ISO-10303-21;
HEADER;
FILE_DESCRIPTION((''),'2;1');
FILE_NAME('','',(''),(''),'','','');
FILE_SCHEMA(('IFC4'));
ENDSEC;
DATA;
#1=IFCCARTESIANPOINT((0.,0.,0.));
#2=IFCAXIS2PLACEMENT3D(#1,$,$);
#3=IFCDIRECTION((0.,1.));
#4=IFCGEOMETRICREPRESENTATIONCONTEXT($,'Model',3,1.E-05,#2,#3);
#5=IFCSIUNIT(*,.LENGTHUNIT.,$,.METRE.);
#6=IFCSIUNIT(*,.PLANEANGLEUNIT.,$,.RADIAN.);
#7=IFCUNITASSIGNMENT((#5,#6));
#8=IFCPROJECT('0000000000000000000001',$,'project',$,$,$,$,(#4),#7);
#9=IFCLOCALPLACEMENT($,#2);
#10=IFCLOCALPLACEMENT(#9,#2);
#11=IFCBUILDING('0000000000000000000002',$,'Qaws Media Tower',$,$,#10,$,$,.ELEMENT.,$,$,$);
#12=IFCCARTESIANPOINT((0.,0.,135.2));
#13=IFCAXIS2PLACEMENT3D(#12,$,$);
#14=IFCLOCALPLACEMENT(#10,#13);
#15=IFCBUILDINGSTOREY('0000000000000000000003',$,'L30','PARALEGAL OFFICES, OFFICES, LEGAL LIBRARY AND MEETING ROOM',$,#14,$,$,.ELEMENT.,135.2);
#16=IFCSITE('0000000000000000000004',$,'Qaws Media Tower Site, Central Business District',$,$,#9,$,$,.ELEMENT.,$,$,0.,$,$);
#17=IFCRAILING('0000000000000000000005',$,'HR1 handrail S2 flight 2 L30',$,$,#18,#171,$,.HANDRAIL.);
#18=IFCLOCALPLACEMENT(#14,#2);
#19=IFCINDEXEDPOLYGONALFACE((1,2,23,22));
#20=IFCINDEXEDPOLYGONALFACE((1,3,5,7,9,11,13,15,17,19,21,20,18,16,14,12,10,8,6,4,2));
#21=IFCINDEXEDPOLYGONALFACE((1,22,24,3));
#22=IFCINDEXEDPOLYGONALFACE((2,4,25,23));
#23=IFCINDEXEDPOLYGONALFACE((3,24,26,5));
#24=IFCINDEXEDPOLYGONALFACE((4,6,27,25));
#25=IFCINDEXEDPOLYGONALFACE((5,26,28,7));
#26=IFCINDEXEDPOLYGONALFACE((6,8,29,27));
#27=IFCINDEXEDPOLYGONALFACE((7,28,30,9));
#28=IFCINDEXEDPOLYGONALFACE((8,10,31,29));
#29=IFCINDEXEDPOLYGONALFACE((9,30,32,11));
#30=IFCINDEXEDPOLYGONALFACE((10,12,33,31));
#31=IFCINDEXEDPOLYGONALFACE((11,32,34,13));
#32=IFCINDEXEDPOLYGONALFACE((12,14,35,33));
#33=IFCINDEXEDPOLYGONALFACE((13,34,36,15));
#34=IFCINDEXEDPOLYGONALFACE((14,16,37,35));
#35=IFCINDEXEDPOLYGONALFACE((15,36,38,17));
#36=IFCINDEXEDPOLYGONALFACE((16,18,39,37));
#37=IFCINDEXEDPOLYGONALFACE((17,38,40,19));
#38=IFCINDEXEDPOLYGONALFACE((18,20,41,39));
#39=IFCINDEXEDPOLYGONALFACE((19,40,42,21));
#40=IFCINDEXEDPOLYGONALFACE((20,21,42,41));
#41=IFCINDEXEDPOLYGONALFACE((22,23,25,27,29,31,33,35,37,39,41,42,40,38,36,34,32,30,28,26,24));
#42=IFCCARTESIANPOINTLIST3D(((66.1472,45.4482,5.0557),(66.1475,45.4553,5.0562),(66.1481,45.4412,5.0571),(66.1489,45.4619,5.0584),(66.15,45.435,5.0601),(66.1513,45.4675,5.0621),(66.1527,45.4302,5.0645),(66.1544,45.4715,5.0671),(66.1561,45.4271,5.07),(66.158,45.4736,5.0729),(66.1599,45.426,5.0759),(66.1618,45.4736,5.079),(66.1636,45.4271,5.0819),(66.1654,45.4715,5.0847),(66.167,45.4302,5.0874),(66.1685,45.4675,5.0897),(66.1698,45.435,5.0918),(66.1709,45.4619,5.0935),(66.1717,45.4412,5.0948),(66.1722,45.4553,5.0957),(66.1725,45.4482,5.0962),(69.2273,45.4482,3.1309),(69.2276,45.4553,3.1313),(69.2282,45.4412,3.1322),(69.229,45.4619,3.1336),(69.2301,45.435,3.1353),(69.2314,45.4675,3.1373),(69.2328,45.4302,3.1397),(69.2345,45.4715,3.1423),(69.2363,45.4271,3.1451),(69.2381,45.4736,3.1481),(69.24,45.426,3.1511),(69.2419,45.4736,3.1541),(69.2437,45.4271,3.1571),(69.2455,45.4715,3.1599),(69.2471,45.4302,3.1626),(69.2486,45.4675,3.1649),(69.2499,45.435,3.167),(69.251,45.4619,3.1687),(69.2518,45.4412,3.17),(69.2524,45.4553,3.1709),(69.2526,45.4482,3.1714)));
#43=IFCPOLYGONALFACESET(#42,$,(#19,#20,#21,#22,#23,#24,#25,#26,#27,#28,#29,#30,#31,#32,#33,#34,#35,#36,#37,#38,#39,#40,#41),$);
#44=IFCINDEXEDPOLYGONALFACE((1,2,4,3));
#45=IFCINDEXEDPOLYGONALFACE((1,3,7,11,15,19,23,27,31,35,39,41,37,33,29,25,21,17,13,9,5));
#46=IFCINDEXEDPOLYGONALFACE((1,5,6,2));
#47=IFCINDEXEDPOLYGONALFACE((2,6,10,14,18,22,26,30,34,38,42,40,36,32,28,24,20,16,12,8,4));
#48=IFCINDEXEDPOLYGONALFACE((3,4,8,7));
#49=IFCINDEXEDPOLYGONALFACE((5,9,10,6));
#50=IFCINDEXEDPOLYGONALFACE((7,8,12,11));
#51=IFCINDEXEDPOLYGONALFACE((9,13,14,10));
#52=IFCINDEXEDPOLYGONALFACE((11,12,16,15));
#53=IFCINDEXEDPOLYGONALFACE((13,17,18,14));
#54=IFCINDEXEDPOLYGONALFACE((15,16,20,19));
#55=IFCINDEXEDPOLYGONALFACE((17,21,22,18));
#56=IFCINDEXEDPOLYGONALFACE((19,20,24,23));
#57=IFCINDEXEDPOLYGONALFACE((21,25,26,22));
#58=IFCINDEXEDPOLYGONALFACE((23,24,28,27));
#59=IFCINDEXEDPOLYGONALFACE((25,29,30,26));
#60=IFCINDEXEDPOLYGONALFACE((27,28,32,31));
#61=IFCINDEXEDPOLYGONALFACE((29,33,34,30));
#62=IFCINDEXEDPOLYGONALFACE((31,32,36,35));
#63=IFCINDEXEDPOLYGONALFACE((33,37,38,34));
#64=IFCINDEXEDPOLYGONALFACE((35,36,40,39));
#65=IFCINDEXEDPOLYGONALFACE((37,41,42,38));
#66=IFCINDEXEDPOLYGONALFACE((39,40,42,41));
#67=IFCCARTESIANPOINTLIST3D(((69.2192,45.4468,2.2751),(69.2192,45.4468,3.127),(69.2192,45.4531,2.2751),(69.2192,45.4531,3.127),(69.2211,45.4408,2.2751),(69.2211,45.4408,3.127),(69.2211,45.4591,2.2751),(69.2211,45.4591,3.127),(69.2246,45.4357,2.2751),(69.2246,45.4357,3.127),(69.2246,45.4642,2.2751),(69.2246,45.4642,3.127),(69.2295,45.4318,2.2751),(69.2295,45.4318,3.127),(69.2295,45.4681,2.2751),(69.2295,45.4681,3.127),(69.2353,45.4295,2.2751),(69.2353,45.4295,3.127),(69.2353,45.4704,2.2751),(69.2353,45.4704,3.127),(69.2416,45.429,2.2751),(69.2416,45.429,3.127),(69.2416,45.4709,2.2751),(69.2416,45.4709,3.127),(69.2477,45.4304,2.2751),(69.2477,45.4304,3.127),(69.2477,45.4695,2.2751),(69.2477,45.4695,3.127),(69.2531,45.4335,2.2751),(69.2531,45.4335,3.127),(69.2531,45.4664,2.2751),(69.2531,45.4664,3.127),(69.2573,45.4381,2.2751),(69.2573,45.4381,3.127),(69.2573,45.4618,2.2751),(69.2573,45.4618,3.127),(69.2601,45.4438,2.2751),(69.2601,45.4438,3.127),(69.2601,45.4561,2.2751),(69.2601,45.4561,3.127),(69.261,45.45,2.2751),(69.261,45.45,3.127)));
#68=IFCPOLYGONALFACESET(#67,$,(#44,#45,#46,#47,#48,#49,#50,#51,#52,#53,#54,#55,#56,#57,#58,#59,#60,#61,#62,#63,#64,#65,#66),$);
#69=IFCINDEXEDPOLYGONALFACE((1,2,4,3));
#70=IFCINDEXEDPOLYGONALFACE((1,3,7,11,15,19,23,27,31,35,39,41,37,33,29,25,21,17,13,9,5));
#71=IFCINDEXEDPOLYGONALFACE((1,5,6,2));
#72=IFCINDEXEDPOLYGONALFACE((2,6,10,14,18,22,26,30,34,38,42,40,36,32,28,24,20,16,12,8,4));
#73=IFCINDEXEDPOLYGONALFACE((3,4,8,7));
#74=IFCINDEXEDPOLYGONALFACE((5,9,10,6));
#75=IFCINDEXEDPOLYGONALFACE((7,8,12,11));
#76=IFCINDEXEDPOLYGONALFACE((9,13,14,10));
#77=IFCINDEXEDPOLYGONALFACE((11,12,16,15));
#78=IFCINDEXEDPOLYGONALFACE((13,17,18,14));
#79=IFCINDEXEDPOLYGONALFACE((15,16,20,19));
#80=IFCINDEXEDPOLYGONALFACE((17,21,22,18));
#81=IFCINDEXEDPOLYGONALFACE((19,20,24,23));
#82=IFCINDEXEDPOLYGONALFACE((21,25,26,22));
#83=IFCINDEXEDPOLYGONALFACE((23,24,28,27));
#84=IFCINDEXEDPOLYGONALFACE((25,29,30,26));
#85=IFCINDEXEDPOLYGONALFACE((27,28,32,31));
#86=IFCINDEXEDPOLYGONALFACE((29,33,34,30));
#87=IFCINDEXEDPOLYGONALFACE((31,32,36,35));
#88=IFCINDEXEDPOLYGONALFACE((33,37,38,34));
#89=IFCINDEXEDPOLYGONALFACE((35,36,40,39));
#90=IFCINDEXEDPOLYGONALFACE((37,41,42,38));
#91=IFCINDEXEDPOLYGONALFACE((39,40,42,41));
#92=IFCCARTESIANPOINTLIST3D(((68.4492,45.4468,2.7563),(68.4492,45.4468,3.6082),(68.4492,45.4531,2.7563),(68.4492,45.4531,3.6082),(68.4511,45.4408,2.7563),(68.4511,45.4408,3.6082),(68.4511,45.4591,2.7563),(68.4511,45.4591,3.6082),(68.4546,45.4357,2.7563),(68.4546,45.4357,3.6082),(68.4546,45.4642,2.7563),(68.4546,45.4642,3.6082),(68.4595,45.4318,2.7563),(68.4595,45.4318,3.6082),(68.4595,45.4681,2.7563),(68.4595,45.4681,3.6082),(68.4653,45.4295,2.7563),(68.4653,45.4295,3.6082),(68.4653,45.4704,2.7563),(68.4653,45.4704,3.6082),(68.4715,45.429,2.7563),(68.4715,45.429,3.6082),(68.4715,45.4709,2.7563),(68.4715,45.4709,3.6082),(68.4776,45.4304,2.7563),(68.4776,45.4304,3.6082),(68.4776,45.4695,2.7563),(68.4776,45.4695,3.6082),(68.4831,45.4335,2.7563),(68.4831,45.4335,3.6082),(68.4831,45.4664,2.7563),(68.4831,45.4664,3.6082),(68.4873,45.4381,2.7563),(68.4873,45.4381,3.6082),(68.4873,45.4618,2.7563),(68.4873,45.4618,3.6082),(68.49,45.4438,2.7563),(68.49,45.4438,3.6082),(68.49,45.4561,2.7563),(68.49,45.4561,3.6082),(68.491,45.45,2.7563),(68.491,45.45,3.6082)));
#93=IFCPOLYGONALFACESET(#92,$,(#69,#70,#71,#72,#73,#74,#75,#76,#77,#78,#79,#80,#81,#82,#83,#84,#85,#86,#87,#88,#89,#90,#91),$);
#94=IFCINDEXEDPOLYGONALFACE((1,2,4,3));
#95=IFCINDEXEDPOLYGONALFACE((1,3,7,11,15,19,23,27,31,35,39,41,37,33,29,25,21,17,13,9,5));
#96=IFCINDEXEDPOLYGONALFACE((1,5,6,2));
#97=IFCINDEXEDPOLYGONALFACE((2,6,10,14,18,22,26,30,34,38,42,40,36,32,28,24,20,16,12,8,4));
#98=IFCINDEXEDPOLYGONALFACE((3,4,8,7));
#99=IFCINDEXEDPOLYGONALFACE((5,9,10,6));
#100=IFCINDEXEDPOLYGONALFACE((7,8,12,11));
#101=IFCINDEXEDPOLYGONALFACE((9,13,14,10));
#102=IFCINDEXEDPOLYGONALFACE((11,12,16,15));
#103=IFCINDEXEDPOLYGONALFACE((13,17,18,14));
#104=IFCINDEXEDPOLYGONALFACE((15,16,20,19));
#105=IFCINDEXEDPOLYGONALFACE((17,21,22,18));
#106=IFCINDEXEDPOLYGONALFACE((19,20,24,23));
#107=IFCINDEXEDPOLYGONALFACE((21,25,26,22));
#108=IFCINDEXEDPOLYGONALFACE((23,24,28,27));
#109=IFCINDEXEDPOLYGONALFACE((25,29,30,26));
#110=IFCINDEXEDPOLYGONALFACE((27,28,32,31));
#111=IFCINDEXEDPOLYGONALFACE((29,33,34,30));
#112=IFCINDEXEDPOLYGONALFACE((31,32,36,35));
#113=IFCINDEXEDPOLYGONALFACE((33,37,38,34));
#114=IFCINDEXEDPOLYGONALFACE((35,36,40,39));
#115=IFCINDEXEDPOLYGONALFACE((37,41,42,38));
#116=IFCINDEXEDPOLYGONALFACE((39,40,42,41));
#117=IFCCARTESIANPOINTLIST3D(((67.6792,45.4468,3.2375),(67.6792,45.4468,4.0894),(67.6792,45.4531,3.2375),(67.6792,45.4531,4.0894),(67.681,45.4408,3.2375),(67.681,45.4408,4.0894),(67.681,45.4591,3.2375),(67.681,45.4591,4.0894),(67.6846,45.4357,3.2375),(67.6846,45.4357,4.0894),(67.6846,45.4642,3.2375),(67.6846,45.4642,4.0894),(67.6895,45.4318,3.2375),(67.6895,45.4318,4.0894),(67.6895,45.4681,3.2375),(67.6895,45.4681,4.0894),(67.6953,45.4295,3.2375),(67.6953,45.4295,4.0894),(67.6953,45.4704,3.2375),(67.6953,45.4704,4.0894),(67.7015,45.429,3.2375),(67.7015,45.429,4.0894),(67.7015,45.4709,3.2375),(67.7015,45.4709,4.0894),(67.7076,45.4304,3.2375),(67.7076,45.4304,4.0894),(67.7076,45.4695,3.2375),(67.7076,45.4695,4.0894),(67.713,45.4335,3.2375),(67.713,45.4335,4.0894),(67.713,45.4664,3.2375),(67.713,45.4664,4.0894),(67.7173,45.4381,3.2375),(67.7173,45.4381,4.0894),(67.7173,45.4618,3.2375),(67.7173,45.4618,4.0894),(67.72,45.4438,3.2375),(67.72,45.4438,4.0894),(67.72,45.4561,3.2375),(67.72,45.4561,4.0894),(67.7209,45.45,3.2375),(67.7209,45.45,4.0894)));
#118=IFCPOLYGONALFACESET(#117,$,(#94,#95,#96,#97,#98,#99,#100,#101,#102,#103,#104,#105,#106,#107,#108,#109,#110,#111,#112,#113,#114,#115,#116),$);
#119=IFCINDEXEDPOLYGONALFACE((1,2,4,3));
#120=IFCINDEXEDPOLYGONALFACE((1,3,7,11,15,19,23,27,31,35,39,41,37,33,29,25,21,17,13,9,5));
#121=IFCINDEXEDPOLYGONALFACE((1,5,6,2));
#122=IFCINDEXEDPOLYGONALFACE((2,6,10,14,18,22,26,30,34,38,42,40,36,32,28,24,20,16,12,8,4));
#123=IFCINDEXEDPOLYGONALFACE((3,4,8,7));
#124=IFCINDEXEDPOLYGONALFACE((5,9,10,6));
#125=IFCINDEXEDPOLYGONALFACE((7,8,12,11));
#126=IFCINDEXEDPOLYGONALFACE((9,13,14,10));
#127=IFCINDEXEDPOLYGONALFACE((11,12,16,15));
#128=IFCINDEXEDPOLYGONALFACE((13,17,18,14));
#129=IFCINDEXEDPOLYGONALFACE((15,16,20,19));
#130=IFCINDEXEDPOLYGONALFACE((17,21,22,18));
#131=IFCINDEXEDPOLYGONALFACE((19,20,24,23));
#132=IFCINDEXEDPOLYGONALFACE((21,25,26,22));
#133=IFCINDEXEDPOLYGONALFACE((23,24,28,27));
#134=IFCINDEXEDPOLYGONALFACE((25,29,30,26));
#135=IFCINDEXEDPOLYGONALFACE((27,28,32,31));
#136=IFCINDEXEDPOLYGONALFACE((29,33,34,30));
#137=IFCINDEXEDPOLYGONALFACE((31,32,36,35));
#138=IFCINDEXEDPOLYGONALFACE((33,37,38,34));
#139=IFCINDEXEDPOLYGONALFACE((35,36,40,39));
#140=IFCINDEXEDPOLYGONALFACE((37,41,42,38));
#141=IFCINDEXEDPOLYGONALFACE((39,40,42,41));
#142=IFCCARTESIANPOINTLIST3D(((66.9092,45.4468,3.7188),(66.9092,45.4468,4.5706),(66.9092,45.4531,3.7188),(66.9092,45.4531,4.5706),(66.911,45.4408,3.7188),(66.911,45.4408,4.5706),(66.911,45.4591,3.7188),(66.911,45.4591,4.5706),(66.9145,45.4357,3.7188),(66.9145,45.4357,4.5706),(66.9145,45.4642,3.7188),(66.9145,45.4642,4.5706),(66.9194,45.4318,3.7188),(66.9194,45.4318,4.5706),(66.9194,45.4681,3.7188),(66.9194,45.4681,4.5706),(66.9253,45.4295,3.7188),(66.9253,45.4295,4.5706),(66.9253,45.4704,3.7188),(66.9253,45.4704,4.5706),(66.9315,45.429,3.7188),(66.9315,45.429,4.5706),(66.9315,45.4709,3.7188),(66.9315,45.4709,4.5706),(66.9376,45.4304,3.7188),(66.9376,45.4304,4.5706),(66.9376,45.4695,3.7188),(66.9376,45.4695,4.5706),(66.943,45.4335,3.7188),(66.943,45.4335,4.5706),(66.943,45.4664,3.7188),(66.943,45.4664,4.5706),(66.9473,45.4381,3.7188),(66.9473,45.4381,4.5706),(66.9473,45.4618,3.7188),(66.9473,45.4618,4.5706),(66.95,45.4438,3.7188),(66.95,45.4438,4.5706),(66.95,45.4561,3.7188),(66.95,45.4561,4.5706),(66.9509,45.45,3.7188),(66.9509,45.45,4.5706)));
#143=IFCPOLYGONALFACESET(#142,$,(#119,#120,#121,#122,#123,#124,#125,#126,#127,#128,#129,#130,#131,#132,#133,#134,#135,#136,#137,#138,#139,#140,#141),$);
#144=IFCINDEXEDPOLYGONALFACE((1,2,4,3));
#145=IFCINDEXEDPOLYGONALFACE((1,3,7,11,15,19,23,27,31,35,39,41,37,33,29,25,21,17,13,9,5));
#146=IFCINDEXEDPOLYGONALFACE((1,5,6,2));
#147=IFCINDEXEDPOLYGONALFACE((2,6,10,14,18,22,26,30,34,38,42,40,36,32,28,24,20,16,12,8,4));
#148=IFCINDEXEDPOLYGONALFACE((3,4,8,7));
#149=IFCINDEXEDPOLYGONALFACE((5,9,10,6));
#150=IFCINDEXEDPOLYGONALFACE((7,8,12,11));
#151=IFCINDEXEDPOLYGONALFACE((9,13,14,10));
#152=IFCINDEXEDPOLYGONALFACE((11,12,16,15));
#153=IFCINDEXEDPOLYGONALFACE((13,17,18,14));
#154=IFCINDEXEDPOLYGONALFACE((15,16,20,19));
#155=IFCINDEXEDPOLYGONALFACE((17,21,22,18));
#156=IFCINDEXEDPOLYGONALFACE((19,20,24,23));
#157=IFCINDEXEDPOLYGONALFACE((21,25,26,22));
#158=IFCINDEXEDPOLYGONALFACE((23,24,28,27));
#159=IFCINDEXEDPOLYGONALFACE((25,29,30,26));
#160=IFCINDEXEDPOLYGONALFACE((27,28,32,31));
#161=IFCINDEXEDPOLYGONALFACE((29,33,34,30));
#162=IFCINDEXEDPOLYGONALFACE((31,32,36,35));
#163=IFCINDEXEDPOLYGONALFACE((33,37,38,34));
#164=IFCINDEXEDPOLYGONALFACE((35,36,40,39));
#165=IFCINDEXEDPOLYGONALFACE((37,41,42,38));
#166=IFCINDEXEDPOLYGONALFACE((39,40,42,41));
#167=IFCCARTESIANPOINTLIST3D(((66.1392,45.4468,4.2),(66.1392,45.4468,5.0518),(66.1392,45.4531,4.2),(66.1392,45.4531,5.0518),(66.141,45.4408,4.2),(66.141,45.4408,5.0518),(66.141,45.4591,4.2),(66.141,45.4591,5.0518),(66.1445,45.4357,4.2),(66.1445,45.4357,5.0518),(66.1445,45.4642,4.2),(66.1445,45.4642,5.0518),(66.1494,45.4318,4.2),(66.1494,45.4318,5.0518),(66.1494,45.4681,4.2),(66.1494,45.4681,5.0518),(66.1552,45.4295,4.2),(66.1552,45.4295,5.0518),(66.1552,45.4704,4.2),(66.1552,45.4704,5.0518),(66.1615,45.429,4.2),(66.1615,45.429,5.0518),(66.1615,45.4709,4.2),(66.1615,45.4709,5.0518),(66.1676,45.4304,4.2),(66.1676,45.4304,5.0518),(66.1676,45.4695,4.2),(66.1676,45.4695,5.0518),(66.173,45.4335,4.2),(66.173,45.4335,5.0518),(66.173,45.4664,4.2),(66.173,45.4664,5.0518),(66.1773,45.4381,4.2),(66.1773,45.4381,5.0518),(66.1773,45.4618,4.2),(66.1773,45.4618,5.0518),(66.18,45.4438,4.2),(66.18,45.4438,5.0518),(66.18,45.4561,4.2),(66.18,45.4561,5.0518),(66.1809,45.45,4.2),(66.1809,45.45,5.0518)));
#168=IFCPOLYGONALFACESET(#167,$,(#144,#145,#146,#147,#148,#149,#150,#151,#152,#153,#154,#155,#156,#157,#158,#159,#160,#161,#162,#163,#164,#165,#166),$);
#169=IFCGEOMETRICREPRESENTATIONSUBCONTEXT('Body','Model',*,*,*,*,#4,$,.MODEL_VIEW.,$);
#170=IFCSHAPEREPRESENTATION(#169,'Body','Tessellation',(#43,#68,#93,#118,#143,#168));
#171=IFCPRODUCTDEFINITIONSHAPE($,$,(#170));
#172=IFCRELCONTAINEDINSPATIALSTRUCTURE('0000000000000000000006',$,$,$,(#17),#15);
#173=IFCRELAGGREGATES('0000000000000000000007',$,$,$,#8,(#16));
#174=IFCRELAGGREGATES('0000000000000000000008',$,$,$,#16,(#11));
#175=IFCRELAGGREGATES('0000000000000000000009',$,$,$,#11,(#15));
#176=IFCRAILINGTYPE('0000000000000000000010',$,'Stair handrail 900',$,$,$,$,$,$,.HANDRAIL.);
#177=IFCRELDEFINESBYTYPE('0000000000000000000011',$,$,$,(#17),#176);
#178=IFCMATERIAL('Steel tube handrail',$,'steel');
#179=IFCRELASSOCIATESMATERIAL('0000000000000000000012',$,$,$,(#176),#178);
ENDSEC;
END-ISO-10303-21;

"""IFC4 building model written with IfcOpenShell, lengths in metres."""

from ifc_helpers import new_model, si_unit, direction, frame, origin, origin_2d, place, context, subcontext, project, spatial, circle, extrude, material, type_object, element, save


model = new_model("IFC4")

# Units and contexts
model_context = context("Model", 3, precision=1e-05, world=origin(), true_north=direction((0.0, 1.0)))
body_context = subcontext(model_context, "Body", "Model", "MODEL_VIEW")
ifc_project = project(units=[si_unit("LENGTHUNIT", "METRE"), si_unit("PLANEANGLEUNIT", "RADIAN")], contexts=[model_context])

# Site, building, storey
site_placement = place(None, origin())
site = spatial("IfcSite", under=ifc_project, at=site_placement, Name="Qaws Media Tower Site, Central Business District", CompositionType="ELEMENT", RefElevation=0.0)
building_placement = place(site_placement, origin())
building = spatial("IfcBuilding", under=site, at=building_placement, Name="Qaws Media Tower", CompositionType="ELEMENT")
storey_placement = place(building_placement, frame((0.0, 0.0, 135.2)))
storey = spatial("IfcBuildingStorey", under=building, at=storey_placement, Name="L30", Description="PARALEGAL OFFICES, OFFICES, LEGAL LIBRARY AND MEETING ROOM", CompositionType="ELEMENT", Elevation=135.2)

# Railing
ifc_material_1 = material(Name="Steel tube handrail", Category="steel")
railing_type = type_object("IfcRailingType", Name="Stair handrail 900", PredefinedType="HANDRAIL", material=ifc_material_1)
for number, where, name in (
    (1, (69.24, 45.45, 2.2751), "HR1 handrail S2 flight 2 L30"),
):
    element("IfcRailing", number, at=place(storey_placement, frame(where)), inside=storey, type_object=railing_type, Name=name, PredefinedType="HANDRAIL", context=body_context, shape_type="SweptSolid", body=[
        extrude(circle(Radius=0.0239, at=origin_2d()), frame((0.0, 0.0, 0.876), z_axis=(-0.848029, 0.0, 0.529951), x_axis=(0.0, -1.0, 0.0)), (0.0, 0.0, 1.0), 3.6321),
        extrude(circle(Radius=0.021, at=origin_2d()), origin(), (0.0, 0.0, 1.0), 0.8518),
        extrude(circle(Radius=0.021, at=origin_2d()), frame((-0.77, 0.0, 0.4812)), (0.0, 0.0, 1.0), 0.8518),
        extrude(circle(Radius=0.021, at=origin_2d()), frame((-1.54, 0.0, 0.9624)), (0.0, 0.0, 1.0), 0.8518),
        extrude(circle(Radius=0.021, at=origin_2d()), frame((-2.3101, 0.0, 1.4436)), (0.0, 0.0, 1.0), 0.8518),
        extrude(circle(Radius=0.021, at=origin_2d()), frame((-3.0801, 0.0, 1.9248)), (0.0, 0.0, 1.0), 0.8518),
    ])

save(model, "model.ifc")
